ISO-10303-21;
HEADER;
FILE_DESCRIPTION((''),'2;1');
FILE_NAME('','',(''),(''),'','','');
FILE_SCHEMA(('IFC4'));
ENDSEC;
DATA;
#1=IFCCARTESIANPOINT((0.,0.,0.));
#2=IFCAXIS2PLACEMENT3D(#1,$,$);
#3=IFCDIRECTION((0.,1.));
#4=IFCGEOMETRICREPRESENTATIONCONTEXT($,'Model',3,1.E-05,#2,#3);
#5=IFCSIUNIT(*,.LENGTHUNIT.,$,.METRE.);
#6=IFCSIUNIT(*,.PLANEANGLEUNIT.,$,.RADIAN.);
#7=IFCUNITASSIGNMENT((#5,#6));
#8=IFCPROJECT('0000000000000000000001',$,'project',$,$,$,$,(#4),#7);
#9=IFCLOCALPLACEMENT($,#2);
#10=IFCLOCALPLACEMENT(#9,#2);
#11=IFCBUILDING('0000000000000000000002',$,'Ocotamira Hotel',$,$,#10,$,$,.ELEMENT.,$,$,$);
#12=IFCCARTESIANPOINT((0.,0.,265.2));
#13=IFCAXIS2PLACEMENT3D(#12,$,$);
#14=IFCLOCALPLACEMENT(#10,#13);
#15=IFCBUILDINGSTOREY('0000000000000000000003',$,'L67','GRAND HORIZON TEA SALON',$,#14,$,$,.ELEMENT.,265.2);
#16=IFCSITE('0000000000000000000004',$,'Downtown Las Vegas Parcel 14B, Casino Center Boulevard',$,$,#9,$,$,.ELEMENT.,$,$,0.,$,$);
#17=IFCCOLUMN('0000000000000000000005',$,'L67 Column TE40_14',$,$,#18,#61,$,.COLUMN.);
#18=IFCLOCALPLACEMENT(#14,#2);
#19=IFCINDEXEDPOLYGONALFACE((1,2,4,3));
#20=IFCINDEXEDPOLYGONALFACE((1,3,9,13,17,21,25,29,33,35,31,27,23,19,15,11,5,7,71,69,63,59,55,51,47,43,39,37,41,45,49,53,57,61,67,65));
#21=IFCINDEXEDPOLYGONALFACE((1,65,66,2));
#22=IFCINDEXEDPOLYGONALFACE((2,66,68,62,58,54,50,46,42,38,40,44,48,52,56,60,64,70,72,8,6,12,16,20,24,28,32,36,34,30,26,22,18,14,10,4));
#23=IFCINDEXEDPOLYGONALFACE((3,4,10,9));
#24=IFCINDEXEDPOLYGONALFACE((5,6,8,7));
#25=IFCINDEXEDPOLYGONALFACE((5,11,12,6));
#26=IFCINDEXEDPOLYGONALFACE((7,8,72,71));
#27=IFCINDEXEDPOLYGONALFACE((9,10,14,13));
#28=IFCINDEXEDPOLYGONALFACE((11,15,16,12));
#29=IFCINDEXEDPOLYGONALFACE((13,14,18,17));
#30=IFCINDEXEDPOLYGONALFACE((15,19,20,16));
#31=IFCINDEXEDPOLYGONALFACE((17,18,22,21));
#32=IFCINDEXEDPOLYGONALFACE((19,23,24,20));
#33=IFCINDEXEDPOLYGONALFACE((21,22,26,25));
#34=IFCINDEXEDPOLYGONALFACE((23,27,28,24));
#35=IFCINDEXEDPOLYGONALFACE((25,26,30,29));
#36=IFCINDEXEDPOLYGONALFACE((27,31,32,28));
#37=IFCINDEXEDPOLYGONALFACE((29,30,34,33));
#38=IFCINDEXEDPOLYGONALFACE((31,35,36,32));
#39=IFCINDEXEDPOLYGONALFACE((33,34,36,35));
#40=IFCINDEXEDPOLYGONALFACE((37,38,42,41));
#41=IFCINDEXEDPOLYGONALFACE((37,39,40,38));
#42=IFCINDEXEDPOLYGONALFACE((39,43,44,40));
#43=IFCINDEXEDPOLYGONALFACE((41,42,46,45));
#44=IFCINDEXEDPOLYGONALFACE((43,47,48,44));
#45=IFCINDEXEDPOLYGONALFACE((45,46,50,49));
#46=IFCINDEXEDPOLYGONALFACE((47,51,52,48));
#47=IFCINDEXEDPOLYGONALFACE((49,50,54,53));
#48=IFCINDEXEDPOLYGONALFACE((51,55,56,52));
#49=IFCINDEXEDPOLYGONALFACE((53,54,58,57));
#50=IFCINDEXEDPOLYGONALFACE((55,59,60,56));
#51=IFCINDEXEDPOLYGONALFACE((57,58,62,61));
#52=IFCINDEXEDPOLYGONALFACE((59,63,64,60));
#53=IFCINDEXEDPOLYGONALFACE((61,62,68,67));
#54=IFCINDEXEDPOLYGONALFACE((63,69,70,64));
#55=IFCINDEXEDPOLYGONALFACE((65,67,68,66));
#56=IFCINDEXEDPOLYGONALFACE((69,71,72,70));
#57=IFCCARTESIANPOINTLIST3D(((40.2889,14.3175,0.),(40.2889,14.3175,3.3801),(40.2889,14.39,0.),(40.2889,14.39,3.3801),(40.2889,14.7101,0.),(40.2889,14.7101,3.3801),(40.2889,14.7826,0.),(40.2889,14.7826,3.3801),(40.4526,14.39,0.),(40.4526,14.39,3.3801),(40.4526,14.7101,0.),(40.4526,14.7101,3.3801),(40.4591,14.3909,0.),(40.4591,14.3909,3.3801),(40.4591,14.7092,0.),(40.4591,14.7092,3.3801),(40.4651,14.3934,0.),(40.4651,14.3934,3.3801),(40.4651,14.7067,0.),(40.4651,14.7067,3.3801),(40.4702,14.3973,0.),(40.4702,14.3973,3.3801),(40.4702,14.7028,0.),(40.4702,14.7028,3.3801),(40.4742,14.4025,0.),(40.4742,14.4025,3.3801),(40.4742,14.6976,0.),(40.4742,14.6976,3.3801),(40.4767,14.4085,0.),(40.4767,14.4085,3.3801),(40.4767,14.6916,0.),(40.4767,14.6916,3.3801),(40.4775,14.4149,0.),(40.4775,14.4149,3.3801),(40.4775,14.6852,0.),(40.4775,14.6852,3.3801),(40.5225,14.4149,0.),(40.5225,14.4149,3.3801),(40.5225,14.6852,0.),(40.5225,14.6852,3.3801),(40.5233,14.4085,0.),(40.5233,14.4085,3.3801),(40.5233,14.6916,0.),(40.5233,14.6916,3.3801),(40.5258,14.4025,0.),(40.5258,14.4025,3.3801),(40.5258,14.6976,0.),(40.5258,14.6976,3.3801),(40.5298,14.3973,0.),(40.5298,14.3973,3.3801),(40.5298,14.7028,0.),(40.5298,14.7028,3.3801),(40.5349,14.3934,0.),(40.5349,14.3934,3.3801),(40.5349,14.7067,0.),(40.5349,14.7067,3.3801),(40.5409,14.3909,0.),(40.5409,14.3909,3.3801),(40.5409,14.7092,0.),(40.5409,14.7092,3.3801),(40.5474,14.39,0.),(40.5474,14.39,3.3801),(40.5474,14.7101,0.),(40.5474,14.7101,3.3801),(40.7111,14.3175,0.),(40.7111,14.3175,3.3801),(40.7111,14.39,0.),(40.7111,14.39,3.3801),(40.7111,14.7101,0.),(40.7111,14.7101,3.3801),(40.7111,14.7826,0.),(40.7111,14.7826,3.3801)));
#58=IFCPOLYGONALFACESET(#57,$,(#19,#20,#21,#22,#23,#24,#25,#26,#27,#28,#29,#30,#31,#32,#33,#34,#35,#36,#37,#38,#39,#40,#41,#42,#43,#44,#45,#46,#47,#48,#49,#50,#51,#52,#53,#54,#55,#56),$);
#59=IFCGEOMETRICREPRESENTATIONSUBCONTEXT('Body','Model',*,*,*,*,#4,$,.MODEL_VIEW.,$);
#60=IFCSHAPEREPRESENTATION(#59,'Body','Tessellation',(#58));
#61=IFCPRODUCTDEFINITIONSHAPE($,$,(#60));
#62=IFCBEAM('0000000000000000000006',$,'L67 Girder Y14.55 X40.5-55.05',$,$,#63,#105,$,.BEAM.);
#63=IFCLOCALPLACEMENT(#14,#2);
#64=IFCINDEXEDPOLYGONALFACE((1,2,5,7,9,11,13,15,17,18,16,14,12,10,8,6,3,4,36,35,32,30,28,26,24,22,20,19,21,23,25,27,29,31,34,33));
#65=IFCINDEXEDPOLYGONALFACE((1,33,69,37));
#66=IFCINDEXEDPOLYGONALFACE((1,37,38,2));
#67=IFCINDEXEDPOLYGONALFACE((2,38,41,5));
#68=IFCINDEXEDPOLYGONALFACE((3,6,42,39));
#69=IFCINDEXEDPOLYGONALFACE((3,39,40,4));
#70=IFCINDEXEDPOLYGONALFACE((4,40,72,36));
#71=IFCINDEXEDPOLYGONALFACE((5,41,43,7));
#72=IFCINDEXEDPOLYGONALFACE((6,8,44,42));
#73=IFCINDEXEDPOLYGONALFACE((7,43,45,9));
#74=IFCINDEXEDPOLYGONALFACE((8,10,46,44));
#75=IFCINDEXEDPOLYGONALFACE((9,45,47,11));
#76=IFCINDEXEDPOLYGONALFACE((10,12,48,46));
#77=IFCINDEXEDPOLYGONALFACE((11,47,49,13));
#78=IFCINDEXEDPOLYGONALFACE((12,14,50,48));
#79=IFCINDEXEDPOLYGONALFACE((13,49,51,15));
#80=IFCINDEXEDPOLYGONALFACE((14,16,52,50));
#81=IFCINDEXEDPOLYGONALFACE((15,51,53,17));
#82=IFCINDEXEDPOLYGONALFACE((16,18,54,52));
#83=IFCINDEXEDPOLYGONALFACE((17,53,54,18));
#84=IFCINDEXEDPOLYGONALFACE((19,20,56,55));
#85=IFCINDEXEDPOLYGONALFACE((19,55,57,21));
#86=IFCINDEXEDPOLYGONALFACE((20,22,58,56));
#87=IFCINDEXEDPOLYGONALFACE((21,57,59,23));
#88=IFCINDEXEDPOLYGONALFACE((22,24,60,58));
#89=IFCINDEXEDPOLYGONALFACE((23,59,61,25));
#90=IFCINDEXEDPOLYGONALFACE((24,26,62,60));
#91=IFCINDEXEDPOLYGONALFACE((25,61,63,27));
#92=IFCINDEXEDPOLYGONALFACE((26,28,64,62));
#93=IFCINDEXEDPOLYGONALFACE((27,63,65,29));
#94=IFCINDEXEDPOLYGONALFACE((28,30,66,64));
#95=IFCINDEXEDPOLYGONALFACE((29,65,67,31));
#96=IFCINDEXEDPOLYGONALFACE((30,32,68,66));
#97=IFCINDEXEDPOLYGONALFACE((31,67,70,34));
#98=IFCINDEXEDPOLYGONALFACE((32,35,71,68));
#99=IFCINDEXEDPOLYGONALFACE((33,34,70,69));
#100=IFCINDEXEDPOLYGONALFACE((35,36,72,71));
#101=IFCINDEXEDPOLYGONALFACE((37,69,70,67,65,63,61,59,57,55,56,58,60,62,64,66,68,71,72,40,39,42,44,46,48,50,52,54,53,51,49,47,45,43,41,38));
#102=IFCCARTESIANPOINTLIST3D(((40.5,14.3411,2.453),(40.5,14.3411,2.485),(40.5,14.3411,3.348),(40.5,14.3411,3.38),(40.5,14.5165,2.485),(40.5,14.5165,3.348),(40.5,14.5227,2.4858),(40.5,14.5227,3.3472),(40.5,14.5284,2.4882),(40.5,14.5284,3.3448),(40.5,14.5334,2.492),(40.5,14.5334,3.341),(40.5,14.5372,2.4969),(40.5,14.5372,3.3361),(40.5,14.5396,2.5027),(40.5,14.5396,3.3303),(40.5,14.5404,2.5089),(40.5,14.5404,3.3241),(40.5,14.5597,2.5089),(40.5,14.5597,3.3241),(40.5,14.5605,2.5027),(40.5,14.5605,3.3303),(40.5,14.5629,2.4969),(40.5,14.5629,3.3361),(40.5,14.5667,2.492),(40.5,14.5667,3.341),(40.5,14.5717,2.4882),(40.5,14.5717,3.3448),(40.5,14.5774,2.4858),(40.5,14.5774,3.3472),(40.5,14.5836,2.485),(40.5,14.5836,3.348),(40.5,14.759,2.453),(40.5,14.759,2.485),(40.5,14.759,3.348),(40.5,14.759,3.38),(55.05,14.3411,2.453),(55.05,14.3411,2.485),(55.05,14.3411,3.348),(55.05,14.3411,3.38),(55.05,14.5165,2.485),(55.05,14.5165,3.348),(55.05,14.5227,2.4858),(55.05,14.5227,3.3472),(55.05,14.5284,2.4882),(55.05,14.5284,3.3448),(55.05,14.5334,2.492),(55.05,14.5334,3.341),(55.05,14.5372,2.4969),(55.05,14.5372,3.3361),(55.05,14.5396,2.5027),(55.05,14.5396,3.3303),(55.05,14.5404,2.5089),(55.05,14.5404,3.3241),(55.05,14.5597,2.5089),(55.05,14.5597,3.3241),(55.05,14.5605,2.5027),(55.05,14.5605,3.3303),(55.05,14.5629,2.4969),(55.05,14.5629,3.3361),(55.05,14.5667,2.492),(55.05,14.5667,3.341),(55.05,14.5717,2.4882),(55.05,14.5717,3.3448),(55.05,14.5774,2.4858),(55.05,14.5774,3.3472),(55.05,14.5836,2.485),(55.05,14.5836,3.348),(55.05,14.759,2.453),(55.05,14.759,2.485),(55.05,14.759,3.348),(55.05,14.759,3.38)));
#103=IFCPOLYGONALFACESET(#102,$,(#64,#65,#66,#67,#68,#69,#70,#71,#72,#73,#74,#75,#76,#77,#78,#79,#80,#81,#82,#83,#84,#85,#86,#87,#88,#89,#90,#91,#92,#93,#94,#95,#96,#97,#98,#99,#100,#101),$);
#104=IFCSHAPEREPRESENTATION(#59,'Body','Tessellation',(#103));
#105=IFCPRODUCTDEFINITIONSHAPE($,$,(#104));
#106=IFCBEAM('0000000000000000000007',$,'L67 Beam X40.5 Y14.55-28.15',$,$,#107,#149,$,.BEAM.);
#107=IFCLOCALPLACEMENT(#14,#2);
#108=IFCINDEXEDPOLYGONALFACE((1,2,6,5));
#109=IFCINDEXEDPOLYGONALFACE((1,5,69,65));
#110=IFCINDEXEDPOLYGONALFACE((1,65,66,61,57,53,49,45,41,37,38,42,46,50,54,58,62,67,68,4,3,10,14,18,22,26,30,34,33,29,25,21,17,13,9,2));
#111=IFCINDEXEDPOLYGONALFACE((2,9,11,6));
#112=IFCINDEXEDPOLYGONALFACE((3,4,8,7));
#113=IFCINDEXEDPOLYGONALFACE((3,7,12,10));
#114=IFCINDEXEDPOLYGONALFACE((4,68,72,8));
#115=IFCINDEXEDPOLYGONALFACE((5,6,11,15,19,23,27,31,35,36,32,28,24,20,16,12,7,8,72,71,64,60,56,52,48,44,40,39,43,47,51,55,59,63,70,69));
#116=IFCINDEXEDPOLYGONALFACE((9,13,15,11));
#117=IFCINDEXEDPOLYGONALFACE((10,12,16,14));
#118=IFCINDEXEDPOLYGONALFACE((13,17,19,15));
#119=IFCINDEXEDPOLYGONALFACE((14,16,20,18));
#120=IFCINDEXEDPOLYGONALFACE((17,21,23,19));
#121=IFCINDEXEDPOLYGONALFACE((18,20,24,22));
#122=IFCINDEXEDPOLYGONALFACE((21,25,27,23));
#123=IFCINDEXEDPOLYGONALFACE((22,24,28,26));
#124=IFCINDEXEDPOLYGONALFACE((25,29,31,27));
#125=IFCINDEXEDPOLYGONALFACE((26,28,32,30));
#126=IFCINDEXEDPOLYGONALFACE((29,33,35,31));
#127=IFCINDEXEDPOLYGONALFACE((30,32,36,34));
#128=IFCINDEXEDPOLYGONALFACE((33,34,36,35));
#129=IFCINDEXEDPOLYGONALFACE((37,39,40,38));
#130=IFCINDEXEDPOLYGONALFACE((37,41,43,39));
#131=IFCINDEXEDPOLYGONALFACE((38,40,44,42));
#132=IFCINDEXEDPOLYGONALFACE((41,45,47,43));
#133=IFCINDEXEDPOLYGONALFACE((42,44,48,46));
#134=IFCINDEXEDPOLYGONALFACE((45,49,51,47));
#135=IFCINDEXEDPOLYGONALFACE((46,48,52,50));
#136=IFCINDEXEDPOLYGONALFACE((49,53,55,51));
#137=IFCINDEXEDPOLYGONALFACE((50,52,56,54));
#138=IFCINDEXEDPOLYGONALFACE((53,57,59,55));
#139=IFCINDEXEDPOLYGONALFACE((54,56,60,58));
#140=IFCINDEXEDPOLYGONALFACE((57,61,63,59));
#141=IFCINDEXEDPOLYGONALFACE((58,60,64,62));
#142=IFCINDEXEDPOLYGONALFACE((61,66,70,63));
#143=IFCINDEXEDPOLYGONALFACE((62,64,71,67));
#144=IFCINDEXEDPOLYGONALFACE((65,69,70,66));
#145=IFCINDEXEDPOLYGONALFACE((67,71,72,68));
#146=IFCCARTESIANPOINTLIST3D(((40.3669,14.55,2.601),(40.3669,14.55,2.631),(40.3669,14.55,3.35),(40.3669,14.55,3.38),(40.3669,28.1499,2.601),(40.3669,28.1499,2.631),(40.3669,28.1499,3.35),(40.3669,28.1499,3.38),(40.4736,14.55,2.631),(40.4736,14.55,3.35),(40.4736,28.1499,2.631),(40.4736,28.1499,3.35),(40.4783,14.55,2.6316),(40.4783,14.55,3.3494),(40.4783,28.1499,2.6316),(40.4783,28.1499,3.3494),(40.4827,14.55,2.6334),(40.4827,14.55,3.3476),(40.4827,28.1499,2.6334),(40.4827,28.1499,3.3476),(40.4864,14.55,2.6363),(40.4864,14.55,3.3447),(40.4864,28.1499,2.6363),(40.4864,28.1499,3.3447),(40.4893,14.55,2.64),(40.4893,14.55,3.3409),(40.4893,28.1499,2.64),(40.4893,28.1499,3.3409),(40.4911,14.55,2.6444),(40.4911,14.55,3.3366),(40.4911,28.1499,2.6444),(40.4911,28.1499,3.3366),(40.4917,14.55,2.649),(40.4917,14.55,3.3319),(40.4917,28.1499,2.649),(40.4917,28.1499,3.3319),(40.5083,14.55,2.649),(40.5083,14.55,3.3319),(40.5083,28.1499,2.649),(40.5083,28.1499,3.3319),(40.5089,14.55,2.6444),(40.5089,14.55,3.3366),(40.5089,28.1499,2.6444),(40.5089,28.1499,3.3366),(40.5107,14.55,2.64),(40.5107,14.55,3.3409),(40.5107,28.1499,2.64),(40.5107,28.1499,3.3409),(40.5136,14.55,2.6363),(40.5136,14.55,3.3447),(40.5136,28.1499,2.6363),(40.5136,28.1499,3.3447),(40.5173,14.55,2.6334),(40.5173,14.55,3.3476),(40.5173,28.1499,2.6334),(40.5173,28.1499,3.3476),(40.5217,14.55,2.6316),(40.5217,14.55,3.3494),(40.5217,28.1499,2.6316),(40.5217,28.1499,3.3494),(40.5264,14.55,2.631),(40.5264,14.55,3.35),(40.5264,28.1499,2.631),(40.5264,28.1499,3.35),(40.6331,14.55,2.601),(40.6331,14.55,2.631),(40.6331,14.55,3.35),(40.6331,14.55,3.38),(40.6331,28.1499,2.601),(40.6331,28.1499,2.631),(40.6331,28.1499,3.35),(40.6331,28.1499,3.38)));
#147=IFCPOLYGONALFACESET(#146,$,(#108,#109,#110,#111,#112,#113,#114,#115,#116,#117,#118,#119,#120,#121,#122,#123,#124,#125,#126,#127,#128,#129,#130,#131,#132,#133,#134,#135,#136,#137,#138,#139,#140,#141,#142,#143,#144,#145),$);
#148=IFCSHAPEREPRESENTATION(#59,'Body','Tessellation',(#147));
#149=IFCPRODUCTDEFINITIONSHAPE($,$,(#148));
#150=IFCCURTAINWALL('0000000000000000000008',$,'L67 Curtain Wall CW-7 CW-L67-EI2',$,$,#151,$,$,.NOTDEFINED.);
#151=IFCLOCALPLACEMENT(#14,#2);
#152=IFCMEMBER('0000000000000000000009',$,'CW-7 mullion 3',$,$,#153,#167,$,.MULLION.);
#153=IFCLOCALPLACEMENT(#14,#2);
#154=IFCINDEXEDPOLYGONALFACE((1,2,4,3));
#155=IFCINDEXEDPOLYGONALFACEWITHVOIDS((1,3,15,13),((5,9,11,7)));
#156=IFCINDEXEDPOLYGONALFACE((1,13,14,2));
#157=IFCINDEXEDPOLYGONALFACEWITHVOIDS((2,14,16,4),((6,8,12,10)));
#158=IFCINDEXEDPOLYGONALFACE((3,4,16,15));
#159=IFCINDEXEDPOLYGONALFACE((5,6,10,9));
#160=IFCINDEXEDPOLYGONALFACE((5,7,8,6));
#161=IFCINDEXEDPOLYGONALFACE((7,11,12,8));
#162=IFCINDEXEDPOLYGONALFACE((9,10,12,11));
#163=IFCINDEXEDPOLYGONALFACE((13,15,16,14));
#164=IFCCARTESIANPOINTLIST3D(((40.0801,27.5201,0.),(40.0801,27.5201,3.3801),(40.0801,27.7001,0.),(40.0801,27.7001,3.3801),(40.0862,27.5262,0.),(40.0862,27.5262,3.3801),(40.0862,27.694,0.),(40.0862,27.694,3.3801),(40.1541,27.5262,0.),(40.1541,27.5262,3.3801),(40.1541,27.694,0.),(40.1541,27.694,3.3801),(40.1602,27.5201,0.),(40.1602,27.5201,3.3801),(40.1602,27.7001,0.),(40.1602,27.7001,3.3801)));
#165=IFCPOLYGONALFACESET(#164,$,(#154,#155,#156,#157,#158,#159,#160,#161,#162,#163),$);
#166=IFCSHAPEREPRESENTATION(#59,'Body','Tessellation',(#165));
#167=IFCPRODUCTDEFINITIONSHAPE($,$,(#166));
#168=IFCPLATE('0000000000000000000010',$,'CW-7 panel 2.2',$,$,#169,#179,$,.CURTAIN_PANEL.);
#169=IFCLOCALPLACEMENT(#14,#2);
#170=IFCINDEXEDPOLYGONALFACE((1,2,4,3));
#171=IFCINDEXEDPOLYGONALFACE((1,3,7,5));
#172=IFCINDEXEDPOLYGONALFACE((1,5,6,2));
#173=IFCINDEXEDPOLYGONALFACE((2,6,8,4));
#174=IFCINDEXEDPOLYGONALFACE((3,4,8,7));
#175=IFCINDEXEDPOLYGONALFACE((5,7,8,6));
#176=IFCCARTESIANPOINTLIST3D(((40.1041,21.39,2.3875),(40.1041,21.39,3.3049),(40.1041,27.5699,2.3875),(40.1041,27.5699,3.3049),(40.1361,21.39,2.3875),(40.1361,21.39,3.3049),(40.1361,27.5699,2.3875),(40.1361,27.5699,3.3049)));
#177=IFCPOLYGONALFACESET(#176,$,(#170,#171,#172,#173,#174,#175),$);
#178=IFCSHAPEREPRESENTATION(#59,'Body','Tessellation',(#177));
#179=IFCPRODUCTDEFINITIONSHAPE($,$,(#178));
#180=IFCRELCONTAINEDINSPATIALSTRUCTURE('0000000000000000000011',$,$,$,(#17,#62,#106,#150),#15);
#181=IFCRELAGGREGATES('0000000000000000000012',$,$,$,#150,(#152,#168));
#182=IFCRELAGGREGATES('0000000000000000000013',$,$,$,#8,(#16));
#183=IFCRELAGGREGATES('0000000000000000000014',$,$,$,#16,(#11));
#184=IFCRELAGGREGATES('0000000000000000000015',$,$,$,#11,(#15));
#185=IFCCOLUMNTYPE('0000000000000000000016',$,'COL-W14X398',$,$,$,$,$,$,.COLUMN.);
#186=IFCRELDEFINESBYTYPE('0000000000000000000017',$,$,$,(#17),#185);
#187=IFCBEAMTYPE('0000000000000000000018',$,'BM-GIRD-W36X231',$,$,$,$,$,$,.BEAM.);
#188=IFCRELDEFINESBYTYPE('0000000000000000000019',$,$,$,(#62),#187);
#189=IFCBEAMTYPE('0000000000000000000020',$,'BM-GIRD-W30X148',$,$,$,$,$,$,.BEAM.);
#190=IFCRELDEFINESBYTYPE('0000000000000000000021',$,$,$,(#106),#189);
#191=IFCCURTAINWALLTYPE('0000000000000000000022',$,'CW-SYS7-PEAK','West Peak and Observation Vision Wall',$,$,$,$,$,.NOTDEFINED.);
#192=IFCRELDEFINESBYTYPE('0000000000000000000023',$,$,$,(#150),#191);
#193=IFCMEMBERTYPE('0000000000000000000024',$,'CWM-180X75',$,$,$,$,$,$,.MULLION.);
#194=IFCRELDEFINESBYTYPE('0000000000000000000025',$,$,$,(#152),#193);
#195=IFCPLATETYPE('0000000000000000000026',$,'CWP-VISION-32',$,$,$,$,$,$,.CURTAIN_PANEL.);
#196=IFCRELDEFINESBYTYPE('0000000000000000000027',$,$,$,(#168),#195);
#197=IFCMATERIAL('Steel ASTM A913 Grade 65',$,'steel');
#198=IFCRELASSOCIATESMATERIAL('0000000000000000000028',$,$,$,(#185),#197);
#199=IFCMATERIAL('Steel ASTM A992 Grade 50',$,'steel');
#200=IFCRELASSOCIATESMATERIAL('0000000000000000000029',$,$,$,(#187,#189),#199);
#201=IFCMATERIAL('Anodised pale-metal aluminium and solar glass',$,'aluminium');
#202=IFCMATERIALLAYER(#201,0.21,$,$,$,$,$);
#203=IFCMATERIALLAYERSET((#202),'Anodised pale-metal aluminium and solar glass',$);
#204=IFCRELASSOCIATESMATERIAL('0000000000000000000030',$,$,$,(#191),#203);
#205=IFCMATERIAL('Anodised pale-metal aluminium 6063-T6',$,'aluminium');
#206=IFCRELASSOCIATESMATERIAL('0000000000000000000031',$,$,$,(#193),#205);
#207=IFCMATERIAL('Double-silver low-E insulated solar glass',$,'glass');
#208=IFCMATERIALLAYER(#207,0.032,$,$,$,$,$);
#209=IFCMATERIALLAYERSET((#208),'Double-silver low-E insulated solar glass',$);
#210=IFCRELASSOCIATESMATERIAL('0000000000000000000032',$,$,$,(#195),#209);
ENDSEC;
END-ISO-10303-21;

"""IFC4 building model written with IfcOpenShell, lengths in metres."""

from ifc_helpers import new_model, si_unit, direction, frame, origin, origin_2d, place, context, subcontext, project, spatial, rectangle, hollow_rectangle, i_section, extrude, source, transform, mapped, material, layer, layer_set, material_profile, profile_set, type_object, element, aggregate, save


model = new_model("IFC4")

# Units and contexts
model_context = context("Model", 3, precision=1e-05, world=origin(), true_north=direction((0.0, 1.0)))
body_context = subcontext(model_context, "Body", "Model", "MODEL_VIEW")
ifc_project = project(units=[si_unit("LENGTHUNIT", "METRE"), si_unit("PLANEANGLEUNIT", "RADIAN")], contexts=[model_context])

# Site, building, storey
site_placement = place(None, origin())
site = spatial("IfcSite", under=ifc_project, at=site_placement, Name="Downtown Las Vegas Parcel 14B, Casino Center Boulevard", CompositionType="ELEMENT", RefElevation=0.0)
building_placement = place(site_placement, origin())
building = spatial("IfcBuilding", under=site, at=building_placement, Name="Ocotamira Hotel", CompositionType="ELEMENT")
storey_placement = place(building_placement, frame((0.0, 0.0, 265.2)))
storey = spatial("IfcBuildingStorey", under=building, at=storey_placement, Name="L67", Description="GRAND HORIZON TEA SALON", CompositionType="ELEMENT", Elevation=265.2)

# Column
ifc_material_1 = material(Name="Steel ASTM A913 Grade 65", Category="steel")
ifc_material_profile_1 = material_profile(ifc_material_1, i_section(OverallWidth=0.4221, OverallDepth=0.4651, WebThickness=0.0449, FlangeThickness=0.0725, FilletRadius=0.0249, at=origin_2d()), Name="W14X398")
ifc_profile_set_1 = profile_set([ifc_material_profile_1], Name="Steel ASTM A913 Grade 65")
column_type = type_object("IfcColumnType", Name="COL-W14X398", PredefinedType="COLUMN", material=ifc_profile_set_1)
shared_shape_1 = source(origin(), body_context, "Body", "SweptSolid", [
    extrude(i_section(OverallWidth=0.4221, OverallDepth=0.4651, WebThickness=0.0449, FlangeThickness=0.0725, FilletRadius=0.0249, at=origin_2d()), origin(), (0.0, 0.0, 1.0), 3.3801),
])
column_placement = place(storey_placement, frame((40.5, 14.55, 0.0), z_axis=(0.0, 0.0, 1.0), x_axis=(1.0, 0.0, 0.0)))
element("IfcColumn", 1, at=column_placement, inside=storey, type_object=column_type, Name="L67 Column TE40_14", PredefinedType="COLUMN", context=body_context, shape_type="MappedRepresentation", body=[
    mapped(shared_shape_1, transform((0.0, 0.0, 0.0), scale=1.0)),
])

# Beams
ifc_material_2 = material(Name="Steel ASTM A992 Grade 50", Category="steel")
ifc_material_profile_2 = material_profile(ifc_material_2, i_section(OverallWidth=0.418, OverallDepth=0.927, WebThickness=0.0193, FlangeThickness=0.032, FilletRadius=0.0239, at=origin_2d()), Name="W36X231")
ifc_profile_set_2 = profile_set([ifc_material_profile_2], Name="Steel ASTM A992 Grade 50")
beam_type_1 = type_object("IfcBeamType", Name="BM-GIRD-W36X231", PredefinedType="BEAM", material=ifc_profile_set_2)
shared_shape_2 = source(origin(), body_context, "Body", "SweptSolid", [
    extrude(i_section(OverallWidth=0.418, OverallDepth=0.927, WebThickness=0.0193, FlangeThickness=0.032, FilletRadius=0.0239, at=origin_2d()), origin(), (0.0, 0.0, 1.0), 14.55),
])
beam_1_placement = place(storey_placement, frame((40.5, 14.55, 2.9165), z_axis=(1.0, 0.0, 0.0), x_axis=(0.0, 1.0, 0.0)))
element("IfcBeam", 2, at=beam_1_placement, inside=storey, type_object=beam_type_1, Name="L67 Girder Y14.55 X40.5-55.05", PredefinedType="BEAM", context=body_context, shape_type="MappedRepresentation", body=[
    mapped(shared_shape_2, transform((0.0, 0.0, 0.0), scale=1.0)),
])
ifc_material_profile_3 = material_profile(ifc_material_2, i_section(OverallWidth=0.2661, OverallDepth=0.7791, WebThickness=0.0166, FlangeThickness=0.03, FilletRadius=0.0181, at=origin_2d()), Name="W30X148")
ifc_profile_set_3 = profile_set([ifc_material_profile_3], Name="Steel ASTM A992 Grade 50")
beam_type_2 = type_object("IfcBeamType", Name="BM-GIRD-W30X148", PredefinedType="BEAM", material=ifc_profile_set_3)
shared_shape_3 = source(origin(), body_context, "Body", "SweptSolid", [
    extrude(i_section(OverallWidth=0.2661, OverallDepth=0.7791, WebThickness=0.0166, FlangeThickness=0.03, FilletRadius=0.0181, at=origin_2d()), origin(), (0.0, 0.0, 1.0), 13.5999),
])
beam_2_placement = place(storey_placement, frame((40.5, 14.55, 2.9905), z_axis=(0.0, 1.0, 0.0), x_axis=(-1.0, 0.0, 0.0)))
element("IfcBeam", 3, at=beam_2_placement, inside=storey, type_object=beam_type_2, Name="L67 Beam X40.5 Y14.55-28.15", PredefinedType="BEAM", context=body_context, shape_type="MappedRepresentation", body=[
    mapped(shared_shape_3, transform((0.0, 0.0, 0.0), scale=1.0)),
])

# Curtain wall, member, plate
ifc_material_3 = material(Name="Anodised pale-metal aluminium and solar glass", Category="aluminium")
ifc_layer_1 = layer(ifc_material_3, 0.21)
ifc_layer_set_1 = layer_set([ifc_layer_1], Name="Anodised pale-metal aluminium and solar glass")
curtain_wall_type = type_object("IfcCurtainWallType", Name="CW-SYS7-PEAK", Description="West Peak and Observation Vision Wall", PredefinedType="NOTDEFINED", material=ifc_layer_set_1)
curtain_wall_placement = place(storey_placement, origin())
curtain_wall = element("IfcCurtainWall", 4, at=curtain_wall_placement, inside=storey, type_object=curtain_wall_type, Name="L67 Curtain Wall CW-7 CW-L67-EI2", PredefinedType="NOTDEFINED")
ifc_material_4 = material(Name="Anodised pale-metal aluminium 6063-T6", Category="aluminium")
ifc_material_profile_4 = material_profile(ifc_material_4, hollow_rectangle(XDim=0.0801, YDim=0.1799, WallThickness=0.0061, at=origin_2d()), Name="HSS180X80X6")
ifc_profile_set_4 = profile_set([ifc_material_profile_4], Name="Anodised pale-metal aluminium 6063-T6")
member_type = type_object("IfcMemberType", Name="CWM-180X75", PredefinedType="MULLION", material=ifc_profile_set_4)
shared_shape_4 = source(origin(), body_context, "Body", "SweptSolid", [
    extrude(hollow_rectangle(XDim=0.0801, YDim=0.1799, WallThickness=0.0061, at=origin_2d()), origin(), (0.0, 0.0, 1.0), 3.3801),
])
member_placement = place(storey_placement, frame((40.1201, 27.6101, 0.0), z_axis=(0.0, 0.0, 1.0), x_axis=(-1.0, 0.0, 0.0)))
member = element("IfcMember", 5, at=member_placement, type_object=member_type, Name="CW-7 mullion 3", PredefinedType="MULLION", context=body_context, shape_type="MappedRepresentation", body=[
    mapped(shared_shape_4, transform((0.0, 0.0, 0.0), scale=1.0)),
])
ifc_material_5 = material(Name="Double-silver low-E insulated solar glass", Category="glass")
ifc_layer_2 = layer(ifc_material_5, 0.032)
ifc_layer_set_2 = layer_set([ifc_layer_2], Name="Double-silver low-E insulated solar glass")
plate_type = type_object("IfcPlateType", Name="CWP-VISION-32", PredefinedType="CURTAIN_PANEL", material=ifc_layer_set_2)
shared_shape_5 = source(origin(), body_context, "Body", "SweptSolid", [
    extrude(rectangle(XDim=6.1799, YDim=0.032, at=origin_2d()), origin(), (0.0, 0.0, 1.0), 0.9175),
])
plate_placement = place(storey_placement, frame((40.1201, 24.48, 2.3875), z_axis=(0.0, 0.0, 1.0), x_axis=(0.0, 1.0, 0.0)))
plate = element("IfcPlate", 6, at=plate_placement, type_object=plate_type, Name="CW-7 panel 2.2", PredefinedType="CURTAIN_PANEL", context=body_context, shape_type="MappedRepresentation", body=[
    mapped(shared_shape_5, transform((0.0, 0.0, 0.0), scale=1.0)),
])
aggregate(curtain_wall, [member, plate])

save(model, "model.ifc")
